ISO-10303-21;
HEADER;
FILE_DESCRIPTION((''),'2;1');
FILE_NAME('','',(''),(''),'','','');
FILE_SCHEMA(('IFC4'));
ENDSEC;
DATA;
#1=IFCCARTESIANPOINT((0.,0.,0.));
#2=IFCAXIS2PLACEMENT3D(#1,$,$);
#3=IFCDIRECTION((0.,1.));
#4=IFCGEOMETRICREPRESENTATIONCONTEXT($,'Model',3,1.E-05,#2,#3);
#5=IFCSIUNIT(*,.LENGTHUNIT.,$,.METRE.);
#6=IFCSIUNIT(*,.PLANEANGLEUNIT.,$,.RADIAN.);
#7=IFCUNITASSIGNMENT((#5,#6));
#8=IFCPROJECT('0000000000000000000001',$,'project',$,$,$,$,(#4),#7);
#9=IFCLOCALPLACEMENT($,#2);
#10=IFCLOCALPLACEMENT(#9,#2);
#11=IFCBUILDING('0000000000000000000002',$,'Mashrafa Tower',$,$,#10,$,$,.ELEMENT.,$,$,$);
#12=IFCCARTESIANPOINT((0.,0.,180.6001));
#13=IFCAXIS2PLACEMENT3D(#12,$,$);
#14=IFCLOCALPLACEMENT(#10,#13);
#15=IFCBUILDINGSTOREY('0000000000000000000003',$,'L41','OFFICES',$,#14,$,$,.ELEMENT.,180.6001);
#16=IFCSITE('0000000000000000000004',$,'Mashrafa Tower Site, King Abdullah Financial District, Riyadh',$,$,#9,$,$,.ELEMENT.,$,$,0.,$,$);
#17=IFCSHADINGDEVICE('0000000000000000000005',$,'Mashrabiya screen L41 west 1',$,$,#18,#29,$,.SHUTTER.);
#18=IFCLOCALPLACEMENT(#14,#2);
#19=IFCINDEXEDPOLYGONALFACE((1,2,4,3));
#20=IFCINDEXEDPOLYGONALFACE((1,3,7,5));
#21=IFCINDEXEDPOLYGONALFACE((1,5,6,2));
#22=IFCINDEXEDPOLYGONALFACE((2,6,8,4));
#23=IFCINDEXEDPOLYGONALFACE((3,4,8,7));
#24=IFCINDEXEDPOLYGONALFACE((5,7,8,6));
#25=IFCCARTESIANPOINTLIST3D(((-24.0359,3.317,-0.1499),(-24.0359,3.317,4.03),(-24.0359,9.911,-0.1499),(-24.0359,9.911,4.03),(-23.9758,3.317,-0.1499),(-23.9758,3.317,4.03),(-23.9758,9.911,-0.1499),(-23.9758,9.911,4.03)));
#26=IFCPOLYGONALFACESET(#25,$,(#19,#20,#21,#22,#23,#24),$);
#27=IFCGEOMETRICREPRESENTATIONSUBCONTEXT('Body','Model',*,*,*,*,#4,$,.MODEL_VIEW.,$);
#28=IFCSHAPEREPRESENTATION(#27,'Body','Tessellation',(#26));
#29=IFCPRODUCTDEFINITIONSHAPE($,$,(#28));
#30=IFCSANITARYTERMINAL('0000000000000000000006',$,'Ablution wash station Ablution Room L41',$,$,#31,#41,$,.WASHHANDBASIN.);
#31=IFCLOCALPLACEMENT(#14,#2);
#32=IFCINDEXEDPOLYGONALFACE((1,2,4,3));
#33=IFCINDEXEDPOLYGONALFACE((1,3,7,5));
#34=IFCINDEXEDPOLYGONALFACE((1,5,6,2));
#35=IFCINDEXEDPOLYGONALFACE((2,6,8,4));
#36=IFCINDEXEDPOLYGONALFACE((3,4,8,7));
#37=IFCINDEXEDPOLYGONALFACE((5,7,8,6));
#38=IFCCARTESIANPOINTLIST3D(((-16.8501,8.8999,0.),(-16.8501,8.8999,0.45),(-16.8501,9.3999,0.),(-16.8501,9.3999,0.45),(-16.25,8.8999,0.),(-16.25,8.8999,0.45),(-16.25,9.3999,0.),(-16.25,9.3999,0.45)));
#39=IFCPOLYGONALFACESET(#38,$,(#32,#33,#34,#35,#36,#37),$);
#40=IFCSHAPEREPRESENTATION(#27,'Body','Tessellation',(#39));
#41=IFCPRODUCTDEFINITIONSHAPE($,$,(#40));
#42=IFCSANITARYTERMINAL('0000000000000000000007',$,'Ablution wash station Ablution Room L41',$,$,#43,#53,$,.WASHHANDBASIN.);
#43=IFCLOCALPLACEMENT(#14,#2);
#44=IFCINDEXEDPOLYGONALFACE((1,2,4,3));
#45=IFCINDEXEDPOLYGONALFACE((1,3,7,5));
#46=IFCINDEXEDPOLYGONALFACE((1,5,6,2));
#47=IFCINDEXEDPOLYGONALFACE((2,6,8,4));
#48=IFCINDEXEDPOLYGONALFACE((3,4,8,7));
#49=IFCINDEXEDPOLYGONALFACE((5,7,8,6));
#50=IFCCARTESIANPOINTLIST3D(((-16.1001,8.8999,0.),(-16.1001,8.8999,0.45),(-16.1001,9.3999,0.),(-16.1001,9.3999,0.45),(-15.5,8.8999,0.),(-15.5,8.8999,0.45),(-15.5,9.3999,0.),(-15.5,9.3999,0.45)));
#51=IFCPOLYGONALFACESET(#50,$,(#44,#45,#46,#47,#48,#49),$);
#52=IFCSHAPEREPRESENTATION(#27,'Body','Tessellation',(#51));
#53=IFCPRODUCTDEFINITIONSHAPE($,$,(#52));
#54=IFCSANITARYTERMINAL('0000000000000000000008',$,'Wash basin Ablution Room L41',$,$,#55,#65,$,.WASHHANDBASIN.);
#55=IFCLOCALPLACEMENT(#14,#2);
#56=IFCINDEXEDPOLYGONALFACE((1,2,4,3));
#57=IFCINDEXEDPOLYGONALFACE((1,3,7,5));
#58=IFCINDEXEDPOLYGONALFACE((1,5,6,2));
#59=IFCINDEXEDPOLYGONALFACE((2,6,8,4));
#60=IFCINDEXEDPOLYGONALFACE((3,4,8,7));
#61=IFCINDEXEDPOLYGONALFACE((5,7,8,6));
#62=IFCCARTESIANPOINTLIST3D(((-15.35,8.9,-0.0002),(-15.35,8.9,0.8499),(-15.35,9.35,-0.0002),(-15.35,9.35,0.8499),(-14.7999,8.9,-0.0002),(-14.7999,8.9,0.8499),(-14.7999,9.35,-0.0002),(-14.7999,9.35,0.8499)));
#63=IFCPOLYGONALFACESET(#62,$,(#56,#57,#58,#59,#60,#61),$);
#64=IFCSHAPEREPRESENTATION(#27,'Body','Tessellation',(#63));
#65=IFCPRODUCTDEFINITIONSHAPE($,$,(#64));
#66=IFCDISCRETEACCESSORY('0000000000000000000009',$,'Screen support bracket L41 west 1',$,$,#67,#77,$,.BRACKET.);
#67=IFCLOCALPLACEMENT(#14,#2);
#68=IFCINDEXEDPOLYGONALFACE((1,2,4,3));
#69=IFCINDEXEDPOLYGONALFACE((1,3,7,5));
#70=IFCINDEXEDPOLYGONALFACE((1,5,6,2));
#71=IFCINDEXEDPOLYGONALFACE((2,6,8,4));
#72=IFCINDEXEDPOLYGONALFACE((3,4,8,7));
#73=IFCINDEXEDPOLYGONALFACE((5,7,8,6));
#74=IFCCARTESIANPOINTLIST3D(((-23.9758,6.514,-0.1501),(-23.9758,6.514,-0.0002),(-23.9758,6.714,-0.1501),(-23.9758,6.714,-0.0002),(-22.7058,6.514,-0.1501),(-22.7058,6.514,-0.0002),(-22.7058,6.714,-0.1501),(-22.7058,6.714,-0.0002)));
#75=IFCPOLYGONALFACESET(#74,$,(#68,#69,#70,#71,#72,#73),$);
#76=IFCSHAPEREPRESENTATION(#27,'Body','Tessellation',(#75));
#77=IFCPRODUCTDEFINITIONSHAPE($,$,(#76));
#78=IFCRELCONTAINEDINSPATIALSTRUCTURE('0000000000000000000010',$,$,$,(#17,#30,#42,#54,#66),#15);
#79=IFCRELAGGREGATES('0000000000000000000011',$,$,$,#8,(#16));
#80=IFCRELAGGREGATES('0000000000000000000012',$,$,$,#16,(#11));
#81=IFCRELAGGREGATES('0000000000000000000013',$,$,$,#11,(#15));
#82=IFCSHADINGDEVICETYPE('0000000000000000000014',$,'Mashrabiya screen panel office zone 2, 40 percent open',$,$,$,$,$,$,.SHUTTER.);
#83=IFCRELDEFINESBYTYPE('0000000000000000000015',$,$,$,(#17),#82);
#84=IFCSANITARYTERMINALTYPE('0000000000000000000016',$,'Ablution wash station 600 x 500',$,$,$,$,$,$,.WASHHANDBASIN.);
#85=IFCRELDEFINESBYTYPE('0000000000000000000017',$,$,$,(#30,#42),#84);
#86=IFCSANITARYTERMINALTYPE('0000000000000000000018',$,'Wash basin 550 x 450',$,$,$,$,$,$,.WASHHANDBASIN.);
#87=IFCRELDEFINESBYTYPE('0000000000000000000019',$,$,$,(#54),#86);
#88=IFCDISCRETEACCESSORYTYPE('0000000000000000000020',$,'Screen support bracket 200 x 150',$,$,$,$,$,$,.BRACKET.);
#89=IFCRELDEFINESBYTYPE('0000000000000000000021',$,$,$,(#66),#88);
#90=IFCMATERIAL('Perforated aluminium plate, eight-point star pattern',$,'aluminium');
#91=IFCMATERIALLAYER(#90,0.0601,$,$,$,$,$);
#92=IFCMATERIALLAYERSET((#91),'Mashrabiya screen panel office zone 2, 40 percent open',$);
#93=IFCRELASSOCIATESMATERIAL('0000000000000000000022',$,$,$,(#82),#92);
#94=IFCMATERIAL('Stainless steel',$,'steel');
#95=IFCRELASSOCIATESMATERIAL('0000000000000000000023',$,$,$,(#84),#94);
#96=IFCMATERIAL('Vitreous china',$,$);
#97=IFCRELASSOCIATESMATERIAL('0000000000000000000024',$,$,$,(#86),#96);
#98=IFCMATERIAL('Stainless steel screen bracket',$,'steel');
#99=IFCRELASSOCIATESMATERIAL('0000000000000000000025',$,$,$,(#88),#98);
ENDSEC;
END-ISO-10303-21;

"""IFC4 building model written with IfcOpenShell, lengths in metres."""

from ifc_helpers import new_model, si_unit, direction, frame, origin, origin_2d, place, context, subcontext, project, spatial, rectangle, extrude, source, transform, mapped, material, layer, layer_set, type_object, type_shapes, element, save


model = new_model("IFC4")

# Units and contexts
model_context = context("Model", 3, precision=1e-05, world=origin(), true_north=direction((0.0, 1.0)))
body_context = subcontext(model_context, "Body", "Model", "MODEL_VIEW")
ifc_project = project(units=[si_unit("LENGTHUNIT", "METRE"), si_unit("PLANEANGLEUNIT", "RADIAN")], contexts=[model_context])

# Site, building, storey
site_placement = place(None, origin())
site = spatial("IfcSite", under=ifc_project, at=site_placement, Name="Mashrafa Tower Site, King Abdullah Financial District, Riyadh", CompositionType="ELEMENT", RefElevation=0.0)
building_placement = place(site_placement, origin())
building = spatial("IfcBuilding", under=site, at=building_placement, Name="Mashrafa Tower", CompositionType="ELEMENT")
storey_placement = place(building_placement, frame((0.0, 0.0, 180.6001)))
storey = spatial("IfcBuildingStorey", under=building, at=storey_placement, Name="L41", Description="OFFICES", CompositionType="ELEMENT", Elevation=180.6001)

# Shading device
ifc_material_1 = material(Name="Perforated aluminium plate, eight-point star pattern", Category="aluminium")
ifc_layer_1 = layer(ifc_material_1, 0.0601)
ifc_layer_set_1 = layer_set([ifc_layer_1], Name="Mashrabiya screen panel office zone 2, 40 percent open")
shading_device_type = type_object("IfcShadingDeviceType", Name="Mashrabiya screen panel office zone 2, 40 percent open", PredefinedType="SHUTTER", material=ifc_layer_set_1)
shared_shape_1 = source(origin(), body_context, "Body", "SweptSolid", [
    extrude(rectangle(XDim=6.594, YDim=0.0601, at=origin_2d()), origin(), (0.0, 0.0, 1.0), 4.1799),
])
type_shapes(shading_device_type, [shared_shape_1])
shading_device_placement = place(storey_placement, frame((-24.0059, 6.614, -0.1499), z_axis=(0.0, 0.0, 1.0), x_axis=(0.0, -1.0, 0.0)))
element("IfcShadingDevice", 1, at=shading_device_placement, inside=storey, type_object=shading_device_type, Name="Mashrabiya screen L41 west 1", PredefinedType="SHUTTER", context=body_context, shape_type="MappedRepresentation", body=[
    mapped(shared_shape_1, transform((0.0, 0.0, 0.0))),
])

# Sanitary terminals
ifc_material_2 = material(Name="Stainless steel", Category="steel")
sanitary_terminal_type_1 = type_object("IfcSanitaryTerminalType", Name="Ablution wash station 600 x 500", PredefinedType="WASHHANDBASIN", material=ifc_material_2)
for number, where, z_axis, x_axis, name in (
    (2, (-16.55, 9.1499, 0.0), (0.0, 0.0, 1.0), (1.0, 0.0, 0.0), "Ablution wash station Ablution Room L41"),
    (3, (-15.8, 9.1499, 0.0), (0.0, 0.0, 1.0), (1.0, 0.0, 0.0), "Ablution wash station Ablution Room L41"),
):
    element("IfcSanitaryTerminal", number, at=place(storey_placement, frame(where, z_axis=z_axis, x_axis=x_axis)), inside=storey, type_object=sanitary_terminal_type_1, Name=name, PredefinedType="WASHHANDBASIN", context=body_context, shape_type="SweptSolid", body=[
        extrude(rectangle(XDim=0.6001, YDim=0.5, at=origin_2d()), origin(), (0.0, 0.0, 1.0), 0.45),
    ])
ifc_material_3 = material(Name="Vitreous china")
sanitary_terminal_type_2 = type_object("IfcSanitaryTerminalType", Name="Wash basin 550 x 450", PredefinedType="WASHHANDBASIN", material=ifc_material_3)
sanitary_terminal_placement = place(storey_placement, frame((-15.075, 9.125, -0.0002), z_axis=(0.0, 0.0, 1.0), x_axis=(1.0, 0.0, 0.0)))
element("IfcSanitaryTerminal", 4, at=sanitary_terminal_placement, inside=storey, type_object=sanitary_terminal_type_2, Name="Wash basin Ablution Room L41", PredefinedType="WASHHANDBASIN", context=body_context, shape_type="SweptSolid", body=[
    extrude(rectangle(XDim=0.55, YDim=0.45, at=origin_2d()), origin(), (0.0, 0.0, 1.0), 0.8501),
])

# Discrete accessory
ifc_material_4 = material(Name="Stainless steel screen bracket", Category="steel")
discrete_accessory_type = type_object("IfcDiscreteAccessoryType", Name="Screen support bracket 200 x 150", PredefinedType="BRACKET", material=ifc_material_4)
shared_shape_2 = source(origin(), body_context, "Body", "SweptSolid", [
    extrude(rectangle(XDim=0.2, YDim=1.27, at=origin_2d()), origin(), (0.0, 0.0, 1.0), 0.1499),
])
type_shapes(discrete_accessory_type, [shared_shape_2])
discrete_accessory_placement = place(storey_placement, frame((-23.3408, 6.614, -0.1501), z_axis=(0.0, 0.0, 1.0), x_axis=(0.0, -1.0, 0.0)))
element("IfcDiscreteAccessory", 5, at=discrete_accessory_placement, inside=storey, type_object=discrete_accessory_type, Name="Screen support bracket L41 west 1", PredefinedType="BRACKET", context=body_context, shape_type="MappedRepresentation", body=[
    mapped(shared_shape_2, transform((0.0, 0.0, 0.0))),
])

save(model, "model.ifc")
